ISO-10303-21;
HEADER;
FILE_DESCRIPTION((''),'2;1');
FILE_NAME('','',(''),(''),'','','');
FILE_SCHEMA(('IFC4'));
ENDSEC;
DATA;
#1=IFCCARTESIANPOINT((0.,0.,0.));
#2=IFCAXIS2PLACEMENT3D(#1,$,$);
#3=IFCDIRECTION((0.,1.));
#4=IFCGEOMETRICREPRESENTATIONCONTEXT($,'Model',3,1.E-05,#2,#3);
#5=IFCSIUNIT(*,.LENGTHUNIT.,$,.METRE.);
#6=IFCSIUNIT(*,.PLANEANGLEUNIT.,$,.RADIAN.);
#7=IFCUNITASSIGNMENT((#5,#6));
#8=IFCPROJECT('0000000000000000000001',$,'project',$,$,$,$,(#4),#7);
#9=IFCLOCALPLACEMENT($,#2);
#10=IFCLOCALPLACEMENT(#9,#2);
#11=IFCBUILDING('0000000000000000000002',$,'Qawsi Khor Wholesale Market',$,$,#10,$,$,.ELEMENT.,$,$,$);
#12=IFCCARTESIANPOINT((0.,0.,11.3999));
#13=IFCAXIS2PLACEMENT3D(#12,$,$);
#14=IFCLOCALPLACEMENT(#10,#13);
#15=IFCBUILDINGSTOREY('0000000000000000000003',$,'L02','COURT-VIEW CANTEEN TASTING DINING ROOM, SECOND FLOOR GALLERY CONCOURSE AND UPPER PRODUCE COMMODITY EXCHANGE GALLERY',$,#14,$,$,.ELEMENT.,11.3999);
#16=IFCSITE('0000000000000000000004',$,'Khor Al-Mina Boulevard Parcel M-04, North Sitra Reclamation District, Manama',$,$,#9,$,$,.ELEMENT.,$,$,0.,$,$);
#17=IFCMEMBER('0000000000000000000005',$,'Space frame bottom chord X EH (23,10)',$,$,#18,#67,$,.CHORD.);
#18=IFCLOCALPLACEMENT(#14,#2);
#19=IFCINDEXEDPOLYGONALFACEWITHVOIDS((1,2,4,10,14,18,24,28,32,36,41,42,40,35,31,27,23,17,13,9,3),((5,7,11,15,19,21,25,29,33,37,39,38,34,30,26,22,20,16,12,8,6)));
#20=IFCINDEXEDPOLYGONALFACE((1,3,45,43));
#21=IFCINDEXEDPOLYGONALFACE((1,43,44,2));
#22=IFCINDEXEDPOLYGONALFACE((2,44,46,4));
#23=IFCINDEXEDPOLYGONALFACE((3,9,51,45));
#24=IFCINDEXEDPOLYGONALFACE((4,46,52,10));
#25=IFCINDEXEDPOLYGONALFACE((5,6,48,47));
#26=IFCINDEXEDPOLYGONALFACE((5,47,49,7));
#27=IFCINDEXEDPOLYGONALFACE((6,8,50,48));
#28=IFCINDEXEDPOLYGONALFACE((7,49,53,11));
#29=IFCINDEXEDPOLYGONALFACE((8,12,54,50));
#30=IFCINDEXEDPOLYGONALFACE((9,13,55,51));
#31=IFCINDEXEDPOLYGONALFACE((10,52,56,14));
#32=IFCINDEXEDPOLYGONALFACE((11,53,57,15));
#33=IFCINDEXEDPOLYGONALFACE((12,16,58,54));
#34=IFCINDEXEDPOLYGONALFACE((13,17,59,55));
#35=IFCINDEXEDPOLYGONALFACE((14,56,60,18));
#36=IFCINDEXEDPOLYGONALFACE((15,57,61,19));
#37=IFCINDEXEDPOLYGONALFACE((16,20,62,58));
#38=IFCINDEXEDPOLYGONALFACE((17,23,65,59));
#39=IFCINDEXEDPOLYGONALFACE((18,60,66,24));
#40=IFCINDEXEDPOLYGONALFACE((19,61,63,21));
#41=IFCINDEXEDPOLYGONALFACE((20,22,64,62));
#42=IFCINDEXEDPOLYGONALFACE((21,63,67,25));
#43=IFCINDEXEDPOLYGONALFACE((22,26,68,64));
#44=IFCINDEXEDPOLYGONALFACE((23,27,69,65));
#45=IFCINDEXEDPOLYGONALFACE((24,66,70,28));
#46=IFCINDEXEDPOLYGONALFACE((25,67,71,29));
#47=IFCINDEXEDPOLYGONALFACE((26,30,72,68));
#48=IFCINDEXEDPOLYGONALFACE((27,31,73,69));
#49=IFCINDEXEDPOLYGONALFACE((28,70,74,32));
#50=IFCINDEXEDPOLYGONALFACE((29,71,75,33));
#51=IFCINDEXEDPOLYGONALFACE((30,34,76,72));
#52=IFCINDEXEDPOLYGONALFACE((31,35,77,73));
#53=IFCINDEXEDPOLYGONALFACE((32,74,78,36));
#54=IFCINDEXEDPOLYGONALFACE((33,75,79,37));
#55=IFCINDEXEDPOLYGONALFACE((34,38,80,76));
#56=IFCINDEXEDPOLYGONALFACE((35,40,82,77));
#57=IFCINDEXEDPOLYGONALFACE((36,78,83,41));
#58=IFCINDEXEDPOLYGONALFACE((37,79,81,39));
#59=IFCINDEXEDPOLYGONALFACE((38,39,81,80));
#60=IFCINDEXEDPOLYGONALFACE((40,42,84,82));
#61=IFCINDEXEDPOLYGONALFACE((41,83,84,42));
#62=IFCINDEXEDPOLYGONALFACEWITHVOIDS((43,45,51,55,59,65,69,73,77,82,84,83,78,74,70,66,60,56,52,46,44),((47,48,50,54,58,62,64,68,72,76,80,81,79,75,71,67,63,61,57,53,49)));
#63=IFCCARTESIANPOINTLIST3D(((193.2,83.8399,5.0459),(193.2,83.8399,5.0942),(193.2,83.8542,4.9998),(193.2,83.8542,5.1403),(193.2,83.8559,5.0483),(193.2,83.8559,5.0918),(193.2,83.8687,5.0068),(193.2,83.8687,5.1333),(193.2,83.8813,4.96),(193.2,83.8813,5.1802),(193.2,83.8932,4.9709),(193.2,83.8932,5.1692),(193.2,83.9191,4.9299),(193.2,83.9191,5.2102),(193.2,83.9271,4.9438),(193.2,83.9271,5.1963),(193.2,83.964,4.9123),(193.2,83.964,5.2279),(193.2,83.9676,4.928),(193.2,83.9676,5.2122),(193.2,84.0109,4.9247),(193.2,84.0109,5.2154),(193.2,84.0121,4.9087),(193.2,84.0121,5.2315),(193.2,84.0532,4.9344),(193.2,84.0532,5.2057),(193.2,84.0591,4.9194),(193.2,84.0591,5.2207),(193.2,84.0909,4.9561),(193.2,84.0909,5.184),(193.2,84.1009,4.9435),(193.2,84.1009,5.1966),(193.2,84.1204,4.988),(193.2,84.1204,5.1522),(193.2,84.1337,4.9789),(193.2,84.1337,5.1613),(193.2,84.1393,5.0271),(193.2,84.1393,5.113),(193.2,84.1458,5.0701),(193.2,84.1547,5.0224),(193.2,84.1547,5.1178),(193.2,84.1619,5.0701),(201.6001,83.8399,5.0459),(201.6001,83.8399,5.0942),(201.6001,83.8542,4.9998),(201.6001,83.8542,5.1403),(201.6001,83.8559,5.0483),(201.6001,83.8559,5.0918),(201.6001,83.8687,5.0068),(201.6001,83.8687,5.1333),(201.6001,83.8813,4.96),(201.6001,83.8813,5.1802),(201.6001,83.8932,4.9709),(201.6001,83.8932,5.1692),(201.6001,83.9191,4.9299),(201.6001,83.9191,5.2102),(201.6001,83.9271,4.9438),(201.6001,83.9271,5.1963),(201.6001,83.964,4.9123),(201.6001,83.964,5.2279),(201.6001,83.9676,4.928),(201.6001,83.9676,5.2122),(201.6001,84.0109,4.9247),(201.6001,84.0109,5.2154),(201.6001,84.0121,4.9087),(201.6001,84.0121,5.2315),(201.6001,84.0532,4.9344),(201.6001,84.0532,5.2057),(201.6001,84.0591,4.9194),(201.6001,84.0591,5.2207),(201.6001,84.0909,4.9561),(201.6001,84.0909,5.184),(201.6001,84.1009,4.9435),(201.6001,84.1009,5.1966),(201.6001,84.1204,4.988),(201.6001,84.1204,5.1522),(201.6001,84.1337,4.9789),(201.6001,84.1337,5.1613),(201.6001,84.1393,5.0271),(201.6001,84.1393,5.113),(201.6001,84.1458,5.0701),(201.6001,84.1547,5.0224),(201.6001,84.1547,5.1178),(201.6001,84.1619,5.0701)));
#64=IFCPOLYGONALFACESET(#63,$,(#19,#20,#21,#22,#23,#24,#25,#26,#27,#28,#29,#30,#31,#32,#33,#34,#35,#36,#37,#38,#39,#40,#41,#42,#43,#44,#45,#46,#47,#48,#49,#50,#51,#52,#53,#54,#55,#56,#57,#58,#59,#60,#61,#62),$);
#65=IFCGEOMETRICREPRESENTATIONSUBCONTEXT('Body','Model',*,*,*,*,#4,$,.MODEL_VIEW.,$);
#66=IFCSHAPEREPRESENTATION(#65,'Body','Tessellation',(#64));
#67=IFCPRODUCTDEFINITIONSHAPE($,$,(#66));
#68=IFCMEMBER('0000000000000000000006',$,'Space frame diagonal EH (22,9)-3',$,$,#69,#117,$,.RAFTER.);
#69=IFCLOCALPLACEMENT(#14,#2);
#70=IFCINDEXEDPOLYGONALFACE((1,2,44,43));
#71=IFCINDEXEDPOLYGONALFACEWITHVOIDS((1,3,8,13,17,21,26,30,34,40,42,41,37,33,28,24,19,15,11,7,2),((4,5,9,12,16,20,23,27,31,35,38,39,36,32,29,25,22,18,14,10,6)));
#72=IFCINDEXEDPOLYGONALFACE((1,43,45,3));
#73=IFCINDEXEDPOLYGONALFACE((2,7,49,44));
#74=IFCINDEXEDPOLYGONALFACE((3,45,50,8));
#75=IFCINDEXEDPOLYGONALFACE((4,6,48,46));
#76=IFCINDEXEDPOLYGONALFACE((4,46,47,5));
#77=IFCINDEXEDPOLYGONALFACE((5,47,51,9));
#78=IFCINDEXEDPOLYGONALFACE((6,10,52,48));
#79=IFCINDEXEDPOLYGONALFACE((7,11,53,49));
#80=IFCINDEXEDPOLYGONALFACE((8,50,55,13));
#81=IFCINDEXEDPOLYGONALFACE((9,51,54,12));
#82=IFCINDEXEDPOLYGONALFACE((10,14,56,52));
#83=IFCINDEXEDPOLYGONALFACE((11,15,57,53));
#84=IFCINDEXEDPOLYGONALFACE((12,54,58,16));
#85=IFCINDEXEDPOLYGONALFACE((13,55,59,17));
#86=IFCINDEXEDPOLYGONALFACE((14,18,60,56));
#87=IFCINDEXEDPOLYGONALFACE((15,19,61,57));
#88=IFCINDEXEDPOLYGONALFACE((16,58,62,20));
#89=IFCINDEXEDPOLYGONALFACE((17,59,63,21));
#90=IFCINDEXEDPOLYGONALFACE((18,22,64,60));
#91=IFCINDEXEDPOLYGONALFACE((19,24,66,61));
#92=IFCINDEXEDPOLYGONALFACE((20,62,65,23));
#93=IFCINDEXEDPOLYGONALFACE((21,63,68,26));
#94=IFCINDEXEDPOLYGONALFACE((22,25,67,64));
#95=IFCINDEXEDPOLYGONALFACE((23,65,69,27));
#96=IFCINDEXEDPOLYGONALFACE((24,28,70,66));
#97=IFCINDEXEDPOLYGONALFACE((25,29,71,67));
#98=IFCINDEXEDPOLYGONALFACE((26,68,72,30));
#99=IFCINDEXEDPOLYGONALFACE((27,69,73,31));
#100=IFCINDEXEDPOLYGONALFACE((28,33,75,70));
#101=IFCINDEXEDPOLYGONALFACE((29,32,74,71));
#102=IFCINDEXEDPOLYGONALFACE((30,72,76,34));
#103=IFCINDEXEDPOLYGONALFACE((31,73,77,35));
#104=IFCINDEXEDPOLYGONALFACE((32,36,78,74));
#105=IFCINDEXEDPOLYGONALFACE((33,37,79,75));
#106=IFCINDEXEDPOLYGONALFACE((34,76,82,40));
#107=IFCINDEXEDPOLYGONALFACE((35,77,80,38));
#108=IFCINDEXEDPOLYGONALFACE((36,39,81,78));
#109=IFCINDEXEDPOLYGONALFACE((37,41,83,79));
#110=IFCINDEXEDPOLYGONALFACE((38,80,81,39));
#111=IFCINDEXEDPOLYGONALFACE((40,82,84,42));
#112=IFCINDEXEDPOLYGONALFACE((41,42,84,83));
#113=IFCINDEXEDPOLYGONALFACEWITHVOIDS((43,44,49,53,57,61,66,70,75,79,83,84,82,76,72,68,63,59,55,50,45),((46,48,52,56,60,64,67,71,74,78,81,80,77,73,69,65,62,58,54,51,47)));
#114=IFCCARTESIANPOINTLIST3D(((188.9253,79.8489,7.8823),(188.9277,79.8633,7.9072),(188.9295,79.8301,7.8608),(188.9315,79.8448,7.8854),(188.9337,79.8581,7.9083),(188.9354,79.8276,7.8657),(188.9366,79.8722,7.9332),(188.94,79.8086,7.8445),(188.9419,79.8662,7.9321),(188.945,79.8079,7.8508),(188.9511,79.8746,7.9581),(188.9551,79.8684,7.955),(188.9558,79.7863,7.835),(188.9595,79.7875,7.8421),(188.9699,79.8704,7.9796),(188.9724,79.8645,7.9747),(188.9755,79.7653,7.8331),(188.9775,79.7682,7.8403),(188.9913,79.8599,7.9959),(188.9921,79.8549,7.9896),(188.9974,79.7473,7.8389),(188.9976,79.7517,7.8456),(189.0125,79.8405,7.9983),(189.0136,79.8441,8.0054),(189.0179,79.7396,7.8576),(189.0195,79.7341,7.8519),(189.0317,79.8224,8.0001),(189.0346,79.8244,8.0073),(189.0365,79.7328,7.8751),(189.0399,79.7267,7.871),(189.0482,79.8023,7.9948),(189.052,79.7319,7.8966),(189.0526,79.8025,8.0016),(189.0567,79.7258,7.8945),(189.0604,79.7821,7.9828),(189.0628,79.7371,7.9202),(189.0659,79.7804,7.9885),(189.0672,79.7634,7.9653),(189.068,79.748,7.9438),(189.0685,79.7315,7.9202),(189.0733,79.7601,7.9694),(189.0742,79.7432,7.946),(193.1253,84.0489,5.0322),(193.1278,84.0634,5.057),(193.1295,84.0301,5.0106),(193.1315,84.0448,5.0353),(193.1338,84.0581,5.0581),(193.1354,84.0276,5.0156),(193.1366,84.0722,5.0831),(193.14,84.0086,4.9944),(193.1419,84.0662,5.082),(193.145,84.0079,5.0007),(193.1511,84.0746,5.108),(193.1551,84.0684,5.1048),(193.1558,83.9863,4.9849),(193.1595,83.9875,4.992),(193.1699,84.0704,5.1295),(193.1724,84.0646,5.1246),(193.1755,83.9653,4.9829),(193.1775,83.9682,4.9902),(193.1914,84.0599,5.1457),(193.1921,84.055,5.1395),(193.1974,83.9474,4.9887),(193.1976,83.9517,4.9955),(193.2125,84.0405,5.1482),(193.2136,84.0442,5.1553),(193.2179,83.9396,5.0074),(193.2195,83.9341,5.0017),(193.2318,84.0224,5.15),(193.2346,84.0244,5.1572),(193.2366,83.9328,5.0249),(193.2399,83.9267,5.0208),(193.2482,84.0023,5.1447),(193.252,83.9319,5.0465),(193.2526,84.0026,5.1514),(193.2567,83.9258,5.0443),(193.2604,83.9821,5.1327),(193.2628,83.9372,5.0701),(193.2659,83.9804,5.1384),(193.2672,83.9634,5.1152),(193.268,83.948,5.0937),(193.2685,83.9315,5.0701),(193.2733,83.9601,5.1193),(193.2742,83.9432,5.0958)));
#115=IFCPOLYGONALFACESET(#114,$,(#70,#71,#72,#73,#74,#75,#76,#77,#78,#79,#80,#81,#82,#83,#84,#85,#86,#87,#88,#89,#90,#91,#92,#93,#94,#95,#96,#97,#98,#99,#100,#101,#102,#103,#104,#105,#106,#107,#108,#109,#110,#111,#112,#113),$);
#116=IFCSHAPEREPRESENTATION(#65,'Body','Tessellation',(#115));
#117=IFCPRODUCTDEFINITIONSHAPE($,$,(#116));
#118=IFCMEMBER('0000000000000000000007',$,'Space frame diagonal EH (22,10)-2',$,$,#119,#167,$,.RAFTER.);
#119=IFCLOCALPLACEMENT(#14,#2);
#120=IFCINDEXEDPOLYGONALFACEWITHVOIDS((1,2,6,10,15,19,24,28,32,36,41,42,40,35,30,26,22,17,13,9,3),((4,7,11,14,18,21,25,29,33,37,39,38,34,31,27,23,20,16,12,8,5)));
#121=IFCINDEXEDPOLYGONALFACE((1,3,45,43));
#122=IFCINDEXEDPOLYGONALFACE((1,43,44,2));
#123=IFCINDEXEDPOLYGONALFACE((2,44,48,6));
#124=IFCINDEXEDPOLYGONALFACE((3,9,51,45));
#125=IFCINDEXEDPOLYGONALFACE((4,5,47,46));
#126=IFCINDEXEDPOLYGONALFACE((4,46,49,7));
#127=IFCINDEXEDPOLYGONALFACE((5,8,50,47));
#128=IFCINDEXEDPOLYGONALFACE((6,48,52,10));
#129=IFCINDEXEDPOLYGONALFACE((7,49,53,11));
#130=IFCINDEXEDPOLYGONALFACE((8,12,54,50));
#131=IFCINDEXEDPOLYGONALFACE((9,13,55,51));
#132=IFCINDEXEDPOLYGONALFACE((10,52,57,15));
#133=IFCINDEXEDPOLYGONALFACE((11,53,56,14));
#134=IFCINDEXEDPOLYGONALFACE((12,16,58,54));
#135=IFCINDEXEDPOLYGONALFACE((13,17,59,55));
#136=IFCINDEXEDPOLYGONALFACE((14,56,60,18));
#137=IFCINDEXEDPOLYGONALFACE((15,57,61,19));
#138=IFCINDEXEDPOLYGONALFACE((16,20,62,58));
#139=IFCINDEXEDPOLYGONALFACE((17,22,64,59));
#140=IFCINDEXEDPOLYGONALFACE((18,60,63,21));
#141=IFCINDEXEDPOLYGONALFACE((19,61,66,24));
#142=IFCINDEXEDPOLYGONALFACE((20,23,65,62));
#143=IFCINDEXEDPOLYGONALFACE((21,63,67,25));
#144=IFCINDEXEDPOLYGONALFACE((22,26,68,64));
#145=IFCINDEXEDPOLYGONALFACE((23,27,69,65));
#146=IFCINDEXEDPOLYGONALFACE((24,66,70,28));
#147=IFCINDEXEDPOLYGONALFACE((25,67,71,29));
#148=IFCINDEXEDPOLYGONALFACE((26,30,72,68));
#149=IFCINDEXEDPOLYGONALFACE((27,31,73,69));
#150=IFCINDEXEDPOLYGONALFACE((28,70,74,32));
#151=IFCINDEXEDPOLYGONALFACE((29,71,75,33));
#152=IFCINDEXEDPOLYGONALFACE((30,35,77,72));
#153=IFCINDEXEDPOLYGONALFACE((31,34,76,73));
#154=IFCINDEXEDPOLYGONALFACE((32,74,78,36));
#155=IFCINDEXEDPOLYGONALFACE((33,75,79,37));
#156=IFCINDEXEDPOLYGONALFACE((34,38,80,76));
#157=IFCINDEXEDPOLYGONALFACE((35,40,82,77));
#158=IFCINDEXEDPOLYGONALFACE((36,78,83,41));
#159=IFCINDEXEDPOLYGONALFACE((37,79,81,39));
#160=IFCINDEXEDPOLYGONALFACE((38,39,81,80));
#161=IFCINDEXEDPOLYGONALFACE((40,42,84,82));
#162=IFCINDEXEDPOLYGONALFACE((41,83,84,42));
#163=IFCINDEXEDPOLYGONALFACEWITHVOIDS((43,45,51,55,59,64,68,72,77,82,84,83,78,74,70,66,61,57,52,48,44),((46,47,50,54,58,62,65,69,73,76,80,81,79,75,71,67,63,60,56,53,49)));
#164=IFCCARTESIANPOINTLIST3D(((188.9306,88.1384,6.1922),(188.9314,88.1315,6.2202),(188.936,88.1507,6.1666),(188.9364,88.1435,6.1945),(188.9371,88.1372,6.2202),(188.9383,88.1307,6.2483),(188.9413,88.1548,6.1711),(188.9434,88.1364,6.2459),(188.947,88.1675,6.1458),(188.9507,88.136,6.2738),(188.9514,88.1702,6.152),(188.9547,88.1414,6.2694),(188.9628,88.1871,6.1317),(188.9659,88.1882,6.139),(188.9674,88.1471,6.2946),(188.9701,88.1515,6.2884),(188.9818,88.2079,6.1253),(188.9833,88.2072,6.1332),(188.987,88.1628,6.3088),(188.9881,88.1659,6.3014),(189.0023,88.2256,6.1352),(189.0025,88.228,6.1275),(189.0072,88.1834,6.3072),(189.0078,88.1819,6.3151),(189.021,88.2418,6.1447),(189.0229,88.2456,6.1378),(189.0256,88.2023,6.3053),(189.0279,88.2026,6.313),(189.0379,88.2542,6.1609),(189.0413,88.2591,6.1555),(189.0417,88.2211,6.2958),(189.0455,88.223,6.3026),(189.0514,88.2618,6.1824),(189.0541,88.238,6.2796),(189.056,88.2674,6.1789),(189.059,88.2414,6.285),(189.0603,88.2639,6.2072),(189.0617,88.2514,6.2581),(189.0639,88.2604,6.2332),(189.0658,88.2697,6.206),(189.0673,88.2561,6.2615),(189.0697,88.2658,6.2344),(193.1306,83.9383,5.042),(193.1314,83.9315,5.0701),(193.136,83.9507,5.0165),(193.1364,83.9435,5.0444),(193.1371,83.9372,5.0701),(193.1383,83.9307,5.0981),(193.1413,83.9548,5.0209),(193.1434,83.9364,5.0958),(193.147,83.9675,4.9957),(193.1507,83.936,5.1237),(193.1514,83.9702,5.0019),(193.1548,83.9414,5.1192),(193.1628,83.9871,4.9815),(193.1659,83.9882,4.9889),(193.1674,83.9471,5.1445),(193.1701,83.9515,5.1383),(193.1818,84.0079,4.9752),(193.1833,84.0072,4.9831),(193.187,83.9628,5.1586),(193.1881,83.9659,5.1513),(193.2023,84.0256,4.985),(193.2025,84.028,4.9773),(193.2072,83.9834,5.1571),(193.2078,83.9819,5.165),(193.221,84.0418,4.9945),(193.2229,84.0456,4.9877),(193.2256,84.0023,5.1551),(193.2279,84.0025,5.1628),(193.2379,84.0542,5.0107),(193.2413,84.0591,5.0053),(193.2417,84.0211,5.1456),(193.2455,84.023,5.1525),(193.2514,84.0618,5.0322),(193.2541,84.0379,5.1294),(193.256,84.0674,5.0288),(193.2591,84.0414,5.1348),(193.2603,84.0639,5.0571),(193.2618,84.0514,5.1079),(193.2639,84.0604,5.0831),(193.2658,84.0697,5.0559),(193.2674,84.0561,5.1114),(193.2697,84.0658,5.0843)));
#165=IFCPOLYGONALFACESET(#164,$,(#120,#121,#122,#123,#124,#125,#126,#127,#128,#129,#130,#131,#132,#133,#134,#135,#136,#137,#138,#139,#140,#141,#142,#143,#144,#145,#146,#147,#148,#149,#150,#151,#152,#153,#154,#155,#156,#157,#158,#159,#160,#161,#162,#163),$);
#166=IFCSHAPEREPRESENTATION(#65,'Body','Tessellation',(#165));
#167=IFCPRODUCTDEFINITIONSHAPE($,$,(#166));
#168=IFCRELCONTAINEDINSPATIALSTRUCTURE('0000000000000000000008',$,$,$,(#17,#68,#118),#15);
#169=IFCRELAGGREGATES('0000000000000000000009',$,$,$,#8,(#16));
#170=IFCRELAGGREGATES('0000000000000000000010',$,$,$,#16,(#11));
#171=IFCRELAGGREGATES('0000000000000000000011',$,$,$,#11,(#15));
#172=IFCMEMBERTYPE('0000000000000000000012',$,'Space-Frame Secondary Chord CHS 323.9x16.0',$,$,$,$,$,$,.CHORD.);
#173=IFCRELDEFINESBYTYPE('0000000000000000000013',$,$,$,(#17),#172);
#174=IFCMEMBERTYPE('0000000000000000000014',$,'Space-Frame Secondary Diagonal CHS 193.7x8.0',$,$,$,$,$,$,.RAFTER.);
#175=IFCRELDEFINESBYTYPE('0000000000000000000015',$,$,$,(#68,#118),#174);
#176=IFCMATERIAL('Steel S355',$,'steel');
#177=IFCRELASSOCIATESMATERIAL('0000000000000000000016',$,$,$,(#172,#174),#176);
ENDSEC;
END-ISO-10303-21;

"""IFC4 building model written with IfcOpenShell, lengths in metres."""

from ifc_helpers import new_model, si_unit, direction, frame, origin, origin_2d, place, context, subcontext, project, spatial, hollow_circle, extrude, material, material_profile, profile_set, type_object, element, save


model = new_model("IFC4")

# Units and contexts
model_context = context("Model", 3, precision=1e-05, world=origin(), true_north=direction((0.0, 1.0)))
body_context = subcontext(model_context, "Body", "Model", "MODEL_VIEW")
ifc_project = project(units=[si_unit("LENGTHUNIT", "METRE"), si_unit("PLANEANGLEUNIT", "RADIAN")], contexts=[model_context])

# Site, building, storey
site_placement = place(None, origin())
site = spatial("IfcSite", under=ifc_project, at=site_placement, Name="Khor Al-Mina Boulevard Parcel M-04, North Sitra Reclamation District, Manama", CompositionType="ELEMENT", RefElevation=0.0)
building_placement = place(site_placement, origin())
building = spatial("IfcBuilding", under=site, at=building_placement, Name="Qawsi Khor Wholesale Market", CompositionType="ELEMENT")
storey_placement = place(building_placement, frame((0.0, 0.0, 11.3999)))
storey = spatial("IfcBuildingStorey", under=building, at=storey_placement, Name="L02", Description="COURT-VIEW CANTEEN TASTING DINING ROOM, SECOND FLOOR GALLERY CONCOURSE AND UPPER PRODUCE COMMODITY EXCHANGE GALLERY", CompositionType="ELEMENT", Elevation=11.3999)

# Members
ifc_material_1 = material(Name="Steel S355", Category="steel")
ifc_material_profile_1 = material_profile(ifc_material_1, hollow_circle(Radius=0.1619, WallThickness=0.0161, at=origin_2d()), Name="CHS 323.9x16.0")
ifc_profile_set_1 = profile_set([ifc_material_profile_1], Name="Steel S355")
member_type_1 = type_object("IfcMemberType", Name="Space-Frame Secondary Chord CHS 323.9x16.0", PredefinedType="CHORD", material=ifc_profile_set_1)
member_1_placement = place(storey_placement, frame((193.2, 84.0, 5.0701), z_axis=(1.0, 0.0, 0.0), x_axis=(0.0, 1.0, 0.0)))
element("IfcMember", 1, at=member_1_placement, inside=storey, type_object=member_type_1, Name="Space frame bottom chord X EH (23,10)", PredefinedType="CHORD", context=body_context, shape_type="SweptSolid", body=[
    extrude(hollow_circle(Radius=0.1619, WallThickness=0.0161, at=origin_2d()), origin(), (0.0, 0.0, 1.0), 8.4001),
])
ifc_material_profile_2 = material_profile(ifc_material_1, hollow_circle(Radius=0.0969, WallThickness=0.0081, at=origin_2d()), Name="CHS 193.7x8.0")
ifc_profile_set_2 = profile_set([ifc_material_profile_2], Name="Steel S355")
member_type_2 = type_object("IfcMemberType", Name="Space-Frame Secondary Diagonal CHS 193.7x8.0", PredefinedType="RAFTER", material=ifc_profile_set_2)
member_2_placement = place(storey_placement, frame((193.2, 84.0, 5.0701), z_axis=(-0.637512, -0.637512, 0.432617), x_axis=(0.707107, -0.707107, 0.0)))
element("IfcMember", 2, at=member_2_placement, inside=storey, type_object=member_type_2, Name="Space frame diagonal EH (22,9)-3", PredefinedType="RAFTER", context=body_context, shape_type="SweptSolid", body=[
    extrude(hollow_circle(Radius=0.0969, WallThickness=0.0081, at=origin_2d()), origin(), (0.0, 0.0, 1.0), 6.5881),
])
member_3_placement = place(storey_placement, frame((193.2, 84.0, 5.0701), z_axis=(-0.694211, 0.694211, 0.190108), x_axis=(-0.707107, -0.707107, 0.0)))
element("IfcMember", 3, at=member_3_placement, inside=storey, type_object=member_type_2, Name="Space frame diagonal EH (22,10)-2", PredefinedType="RAFTER", context=body_context, shape_type="SweptSolid", body=[
    extrude(hollow_circle(Radius=0.0969, WallThickness=0.0081, at=origin_2d()), origin(), (0.0, 0.0, 1.0), 6.05),
])

save(model, "model.ifc")
